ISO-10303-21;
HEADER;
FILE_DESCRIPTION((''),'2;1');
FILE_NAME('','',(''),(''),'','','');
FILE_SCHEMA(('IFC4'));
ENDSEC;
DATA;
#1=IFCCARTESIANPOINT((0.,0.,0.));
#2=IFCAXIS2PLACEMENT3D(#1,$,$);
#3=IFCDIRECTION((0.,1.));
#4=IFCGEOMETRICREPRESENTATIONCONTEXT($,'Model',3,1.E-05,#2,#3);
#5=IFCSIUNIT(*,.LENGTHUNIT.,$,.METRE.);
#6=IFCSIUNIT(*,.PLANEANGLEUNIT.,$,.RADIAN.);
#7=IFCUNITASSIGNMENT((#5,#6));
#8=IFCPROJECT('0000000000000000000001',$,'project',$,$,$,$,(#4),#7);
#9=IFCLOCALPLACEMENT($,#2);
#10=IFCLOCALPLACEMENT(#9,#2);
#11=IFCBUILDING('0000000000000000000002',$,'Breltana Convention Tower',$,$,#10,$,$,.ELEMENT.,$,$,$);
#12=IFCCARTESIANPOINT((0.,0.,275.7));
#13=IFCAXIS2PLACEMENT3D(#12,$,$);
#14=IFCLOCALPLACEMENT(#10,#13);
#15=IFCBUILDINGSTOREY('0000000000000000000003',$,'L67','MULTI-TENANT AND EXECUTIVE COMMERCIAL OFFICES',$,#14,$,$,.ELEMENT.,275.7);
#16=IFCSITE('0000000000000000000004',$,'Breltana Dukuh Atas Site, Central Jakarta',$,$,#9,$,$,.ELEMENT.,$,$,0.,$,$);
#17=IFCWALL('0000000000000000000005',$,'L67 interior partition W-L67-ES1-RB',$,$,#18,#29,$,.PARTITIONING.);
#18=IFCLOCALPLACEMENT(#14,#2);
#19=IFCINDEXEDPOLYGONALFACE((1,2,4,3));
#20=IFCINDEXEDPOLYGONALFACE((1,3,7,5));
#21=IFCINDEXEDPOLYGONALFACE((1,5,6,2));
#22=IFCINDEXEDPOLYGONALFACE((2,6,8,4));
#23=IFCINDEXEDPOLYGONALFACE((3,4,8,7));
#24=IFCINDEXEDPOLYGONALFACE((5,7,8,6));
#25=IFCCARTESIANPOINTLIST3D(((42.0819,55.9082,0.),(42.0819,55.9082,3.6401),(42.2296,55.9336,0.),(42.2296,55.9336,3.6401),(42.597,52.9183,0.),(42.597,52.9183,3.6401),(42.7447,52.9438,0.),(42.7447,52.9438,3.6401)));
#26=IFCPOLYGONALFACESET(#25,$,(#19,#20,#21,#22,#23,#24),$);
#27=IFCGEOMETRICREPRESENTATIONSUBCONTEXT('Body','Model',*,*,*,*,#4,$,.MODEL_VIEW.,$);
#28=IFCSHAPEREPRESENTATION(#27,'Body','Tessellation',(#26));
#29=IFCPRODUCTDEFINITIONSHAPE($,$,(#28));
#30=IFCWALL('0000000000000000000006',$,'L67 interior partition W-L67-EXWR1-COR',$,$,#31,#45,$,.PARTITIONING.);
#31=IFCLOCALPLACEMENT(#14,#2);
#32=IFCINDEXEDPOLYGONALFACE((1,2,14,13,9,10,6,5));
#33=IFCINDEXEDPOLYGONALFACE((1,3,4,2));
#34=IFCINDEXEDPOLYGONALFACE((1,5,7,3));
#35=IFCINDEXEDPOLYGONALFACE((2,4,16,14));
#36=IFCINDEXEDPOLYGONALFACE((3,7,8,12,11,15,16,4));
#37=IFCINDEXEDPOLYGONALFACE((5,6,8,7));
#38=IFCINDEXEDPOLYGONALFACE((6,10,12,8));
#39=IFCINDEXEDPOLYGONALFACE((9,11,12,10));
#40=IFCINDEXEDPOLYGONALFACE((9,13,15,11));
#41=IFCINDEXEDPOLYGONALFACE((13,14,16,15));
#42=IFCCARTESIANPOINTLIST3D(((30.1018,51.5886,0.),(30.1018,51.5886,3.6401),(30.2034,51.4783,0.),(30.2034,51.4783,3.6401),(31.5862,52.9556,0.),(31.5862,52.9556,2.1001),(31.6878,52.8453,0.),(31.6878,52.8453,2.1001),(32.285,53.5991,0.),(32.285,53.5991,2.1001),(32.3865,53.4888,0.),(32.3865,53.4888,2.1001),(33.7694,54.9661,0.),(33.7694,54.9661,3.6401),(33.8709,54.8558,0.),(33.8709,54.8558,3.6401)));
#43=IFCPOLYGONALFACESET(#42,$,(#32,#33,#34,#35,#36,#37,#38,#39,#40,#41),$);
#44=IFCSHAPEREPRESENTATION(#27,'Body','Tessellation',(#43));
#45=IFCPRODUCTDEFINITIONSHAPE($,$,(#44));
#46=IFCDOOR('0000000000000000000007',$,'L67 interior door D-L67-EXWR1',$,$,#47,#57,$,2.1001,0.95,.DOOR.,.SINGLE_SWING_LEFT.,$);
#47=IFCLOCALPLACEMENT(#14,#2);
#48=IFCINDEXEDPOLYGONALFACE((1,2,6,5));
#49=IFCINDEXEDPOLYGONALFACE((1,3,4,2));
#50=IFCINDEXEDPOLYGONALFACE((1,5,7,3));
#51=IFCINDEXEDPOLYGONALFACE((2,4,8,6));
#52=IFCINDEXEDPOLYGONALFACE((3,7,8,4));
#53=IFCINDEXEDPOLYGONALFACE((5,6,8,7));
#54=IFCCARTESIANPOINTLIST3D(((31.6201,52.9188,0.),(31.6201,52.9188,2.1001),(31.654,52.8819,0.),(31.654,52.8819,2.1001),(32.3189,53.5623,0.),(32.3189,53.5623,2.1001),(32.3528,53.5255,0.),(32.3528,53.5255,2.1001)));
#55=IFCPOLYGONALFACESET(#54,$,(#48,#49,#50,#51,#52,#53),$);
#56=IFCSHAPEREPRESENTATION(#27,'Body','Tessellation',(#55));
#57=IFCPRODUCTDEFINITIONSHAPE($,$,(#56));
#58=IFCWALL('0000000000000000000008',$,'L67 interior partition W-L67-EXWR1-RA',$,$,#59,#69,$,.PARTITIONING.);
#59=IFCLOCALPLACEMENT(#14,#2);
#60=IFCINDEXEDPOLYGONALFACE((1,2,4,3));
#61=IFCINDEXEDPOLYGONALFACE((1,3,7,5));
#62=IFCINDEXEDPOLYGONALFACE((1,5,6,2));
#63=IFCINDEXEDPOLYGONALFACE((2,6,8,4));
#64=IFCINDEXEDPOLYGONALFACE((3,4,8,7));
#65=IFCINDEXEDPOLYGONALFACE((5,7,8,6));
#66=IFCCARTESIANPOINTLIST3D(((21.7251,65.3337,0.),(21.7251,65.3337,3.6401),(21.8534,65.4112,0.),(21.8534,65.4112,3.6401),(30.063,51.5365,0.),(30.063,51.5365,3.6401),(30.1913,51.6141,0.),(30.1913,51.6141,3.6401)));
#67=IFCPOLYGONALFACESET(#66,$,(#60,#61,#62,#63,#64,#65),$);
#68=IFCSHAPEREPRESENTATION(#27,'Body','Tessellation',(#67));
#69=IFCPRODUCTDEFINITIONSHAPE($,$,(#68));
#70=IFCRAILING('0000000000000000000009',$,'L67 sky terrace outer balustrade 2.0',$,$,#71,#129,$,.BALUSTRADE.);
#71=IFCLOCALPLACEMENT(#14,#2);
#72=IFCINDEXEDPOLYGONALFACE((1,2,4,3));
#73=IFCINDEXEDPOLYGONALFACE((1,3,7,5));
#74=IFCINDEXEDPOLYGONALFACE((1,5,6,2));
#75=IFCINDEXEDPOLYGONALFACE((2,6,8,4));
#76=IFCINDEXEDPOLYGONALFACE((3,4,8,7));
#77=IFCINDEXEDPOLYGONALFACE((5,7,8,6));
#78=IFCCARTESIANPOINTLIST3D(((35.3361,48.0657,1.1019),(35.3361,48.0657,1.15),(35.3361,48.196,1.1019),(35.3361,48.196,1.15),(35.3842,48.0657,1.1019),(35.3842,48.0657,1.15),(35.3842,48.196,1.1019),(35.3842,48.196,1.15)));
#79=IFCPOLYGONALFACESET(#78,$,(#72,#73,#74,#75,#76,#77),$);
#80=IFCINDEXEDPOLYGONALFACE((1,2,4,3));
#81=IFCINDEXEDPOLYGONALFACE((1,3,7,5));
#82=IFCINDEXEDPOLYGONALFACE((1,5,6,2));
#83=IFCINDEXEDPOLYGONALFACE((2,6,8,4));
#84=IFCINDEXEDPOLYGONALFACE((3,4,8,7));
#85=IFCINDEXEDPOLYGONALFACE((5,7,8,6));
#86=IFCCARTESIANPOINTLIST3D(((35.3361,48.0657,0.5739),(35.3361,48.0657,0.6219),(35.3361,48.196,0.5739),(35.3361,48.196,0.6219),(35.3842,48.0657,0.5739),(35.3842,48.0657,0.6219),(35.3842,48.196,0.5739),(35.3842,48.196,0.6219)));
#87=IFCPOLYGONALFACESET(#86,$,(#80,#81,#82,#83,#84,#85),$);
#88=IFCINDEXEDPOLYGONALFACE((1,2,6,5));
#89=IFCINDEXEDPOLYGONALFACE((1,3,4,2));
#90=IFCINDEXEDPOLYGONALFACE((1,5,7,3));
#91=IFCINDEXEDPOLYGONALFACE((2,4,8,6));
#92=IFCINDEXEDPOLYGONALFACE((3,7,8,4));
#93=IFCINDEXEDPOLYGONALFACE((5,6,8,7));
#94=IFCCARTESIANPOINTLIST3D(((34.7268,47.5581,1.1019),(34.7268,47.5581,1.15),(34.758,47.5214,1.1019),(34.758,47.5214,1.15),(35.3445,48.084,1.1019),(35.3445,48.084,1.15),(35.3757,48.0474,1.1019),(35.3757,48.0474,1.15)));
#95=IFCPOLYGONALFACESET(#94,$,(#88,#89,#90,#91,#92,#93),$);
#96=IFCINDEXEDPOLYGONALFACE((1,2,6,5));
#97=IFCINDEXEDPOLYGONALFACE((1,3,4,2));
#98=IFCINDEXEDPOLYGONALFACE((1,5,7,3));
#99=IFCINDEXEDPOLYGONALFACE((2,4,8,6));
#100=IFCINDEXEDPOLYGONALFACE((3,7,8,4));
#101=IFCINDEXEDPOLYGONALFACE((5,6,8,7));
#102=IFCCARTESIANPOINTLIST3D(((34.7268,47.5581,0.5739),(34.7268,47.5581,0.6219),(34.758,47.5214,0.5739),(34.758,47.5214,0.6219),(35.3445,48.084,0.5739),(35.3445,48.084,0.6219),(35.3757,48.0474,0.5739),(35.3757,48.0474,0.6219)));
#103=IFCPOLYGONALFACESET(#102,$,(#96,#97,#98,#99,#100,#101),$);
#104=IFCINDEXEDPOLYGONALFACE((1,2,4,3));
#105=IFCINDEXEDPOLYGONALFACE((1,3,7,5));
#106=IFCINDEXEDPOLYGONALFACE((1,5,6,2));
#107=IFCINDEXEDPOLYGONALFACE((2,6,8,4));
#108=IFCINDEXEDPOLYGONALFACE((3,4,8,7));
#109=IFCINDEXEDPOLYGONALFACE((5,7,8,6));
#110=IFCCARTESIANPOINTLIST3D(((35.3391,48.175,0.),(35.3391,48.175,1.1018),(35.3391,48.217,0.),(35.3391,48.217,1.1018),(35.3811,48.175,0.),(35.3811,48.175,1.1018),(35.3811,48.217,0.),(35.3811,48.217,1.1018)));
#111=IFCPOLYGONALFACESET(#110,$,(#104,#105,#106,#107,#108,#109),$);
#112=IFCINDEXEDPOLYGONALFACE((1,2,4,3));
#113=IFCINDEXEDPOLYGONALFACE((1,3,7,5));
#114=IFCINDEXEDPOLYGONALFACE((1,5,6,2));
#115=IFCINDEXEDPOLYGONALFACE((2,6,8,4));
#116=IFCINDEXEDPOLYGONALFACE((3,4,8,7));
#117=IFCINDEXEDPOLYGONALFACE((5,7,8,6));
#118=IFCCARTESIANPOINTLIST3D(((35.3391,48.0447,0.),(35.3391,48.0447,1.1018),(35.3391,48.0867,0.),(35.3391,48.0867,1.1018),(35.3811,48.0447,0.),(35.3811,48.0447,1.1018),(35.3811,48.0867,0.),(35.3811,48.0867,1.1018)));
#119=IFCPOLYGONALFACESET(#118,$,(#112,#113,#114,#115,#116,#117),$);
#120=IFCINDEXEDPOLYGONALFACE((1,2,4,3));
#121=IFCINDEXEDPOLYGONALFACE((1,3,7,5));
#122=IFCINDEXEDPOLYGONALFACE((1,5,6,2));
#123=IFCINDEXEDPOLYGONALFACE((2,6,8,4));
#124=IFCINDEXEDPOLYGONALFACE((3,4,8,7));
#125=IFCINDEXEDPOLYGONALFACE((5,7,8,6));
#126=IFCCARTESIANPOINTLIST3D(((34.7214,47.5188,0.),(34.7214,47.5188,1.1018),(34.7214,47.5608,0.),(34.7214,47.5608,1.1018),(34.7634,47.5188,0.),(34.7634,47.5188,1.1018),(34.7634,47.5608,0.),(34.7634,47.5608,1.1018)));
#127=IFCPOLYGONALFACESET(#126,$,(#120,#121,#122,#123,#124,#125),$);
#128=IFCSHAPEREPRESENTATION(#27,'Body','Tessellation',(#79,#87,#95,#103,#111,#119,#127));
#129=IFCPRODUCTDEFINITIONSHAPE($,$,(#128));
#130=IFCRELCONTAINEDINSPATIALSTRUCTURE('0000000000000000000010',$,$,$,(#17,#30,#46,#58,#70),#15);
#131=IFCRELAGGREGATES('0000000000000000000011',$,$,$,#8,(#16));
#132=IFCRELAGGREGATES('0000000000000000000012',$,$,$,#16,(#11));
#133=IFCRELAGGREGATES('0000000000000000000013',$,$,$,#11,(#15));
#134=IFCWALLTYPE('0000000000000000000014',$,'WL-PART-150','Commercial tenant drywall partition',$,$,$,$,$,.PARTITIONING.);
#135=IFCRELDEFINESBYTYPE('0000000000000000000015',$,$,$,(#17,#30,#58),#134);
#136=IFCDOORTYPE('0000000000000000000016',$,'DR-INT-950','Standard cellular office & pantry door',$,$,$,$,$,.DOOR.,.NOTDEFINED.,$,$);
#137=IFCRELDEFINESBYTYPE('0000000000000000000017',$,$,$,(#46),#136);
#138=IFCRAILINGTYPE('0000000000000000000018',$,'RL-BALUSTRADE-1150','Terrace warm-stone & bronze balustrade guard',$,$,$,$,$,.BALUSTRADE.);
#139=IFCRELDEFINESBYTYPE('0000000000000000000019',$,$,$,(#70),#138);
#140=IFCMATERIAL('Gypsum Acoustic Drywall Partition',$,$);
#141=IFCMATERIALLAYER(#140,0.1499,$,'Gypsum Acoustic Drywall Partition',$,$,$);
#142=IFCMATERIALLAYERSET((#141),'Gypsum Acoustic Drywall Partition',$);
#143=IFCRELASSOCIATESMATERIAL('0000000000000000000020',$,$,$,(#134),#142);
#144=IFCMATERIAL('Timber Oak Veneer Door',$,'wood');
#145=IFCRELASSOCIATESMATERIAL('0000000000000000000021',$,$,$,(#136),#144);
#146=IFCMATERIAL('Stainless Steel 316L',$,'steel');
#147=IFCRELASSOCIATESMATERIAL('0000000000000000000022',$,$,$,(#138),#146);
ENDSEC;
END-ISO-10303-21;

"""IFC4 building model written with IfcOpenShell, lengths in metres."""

from ifc_helpers import new_model, si_unit, direction, frame, frame_2d, origin, origin_2d, place, context, subcontext, project, spatial, rectangle, extrude, source, transform, mapped, material, layer, layer_set, type_object, type_shapes, element, fill, save


model = new_model("IFC4")

# Units and contexts
model_context = context("Model", 3, precision=1e-05, world=origin(), true_north=direction((0.0, 1.0)))
body_context = subcontext(model_context, "Body", "Model", "MODEL_VIEW")
ifc_project = project(units=[si_unit("LENGTHUNIT", "METRE"), si_unit("PLANEANGLEUNIT", "RADIAN")], contexts=[model_context])

# Site, building, storey
site_placement = place(None, origin())
site = spatial("IfcSite", under=ifc_project, at=site_placement, Name="Breltana Dukuh Atas Site, Central Jakarta", CompositionType="ELEMENT", RefElevation=0.0)
building_placement = place(site_placement, origin())
building = spatial("IfcBuilding", under=site, at=building_placement, Name="Breltana Convention Tower", CompositionType="ELEMENT")
storey_placement = place(building_placement, frame((0.0, 0.0, 275.7)))
storey = spatial("IfcBuildingStorey", under=building, at=storey_placement, Name="L67", Description="MULTI-TENANT AND EXECUTIVE COMMERCIAL OFFICES", CompositionType="ELEMENT", Elevation=275.7)

# Wall
ifc_material_1 = material(Name="Gypsum Acoustic Drywall Partition")
ifc_layer_1 = layer(ifc_material_1, 0.1499, Name="Gypsum Acoustic Drywall Partition")
ifc_layer_set_1 = layer_set([ifc_layer_1], Name="Gypsum Acoustic Drywall Partition")
wall_type_1 = type_object("IfcWallType", Name="WL-PART-150", Description="Commercial tenant drywall partition", PredefinedType="PARTITIONING", material=ifc_layer_set_1)
shared_shape_1 = source(origin(), body_context, "Body", "SweptSolid", [
    extrude(rectangle(XDim=3.0339, YDim=0.1499, at=frame_2d((1.5171, 0.0))), origin(), (0.0, 0.0, 1.0), 3.6401),
])
wall_1_placement = place(storey_placement, frame((42.6709, 52.9309, 0.0), z_axis=(0.0, 0.0, 1.0), x_axis=(-0.169786, 0.985481, 0.0)))
element("IfcWall", 1, at=wall_1_placement, inside=storey, type_object=wall_type_1, Name="L67 interior partition W-L67-ES1-RB", PredefinedType="PARTITIONING", context=body_context, shape_type="MappedRepresentation", body=[
    mapped(shared_shape_1, transform((0.0, 0.0, 0.0), scale=1.0)),
])

# Wall, opening, door
shared_shape_2 = source(origin(), body_context, "Body", "SweptSolid", [
    extrude(rectangle(XDim=4.9858, YDim=0.1499, at=frame_2d((2.4929, 0.0))), origin(), (0.0, 0.0, 1.0), 3.6401),
])
wall_2_placement = place(storey_placement, frame((30.1526, 51.5334, 0.0), z_axis=(0.0, 0.0, 1.0), x_axis=(0.735595, 0.677421, 0.0)))
wall_2 = element("IfcWall", 2, at=wall_2_placement, inside=storey, type_object=wall_type_1, Name="L67 interior partition W-L67-EXWR1-COR", PredefinedType="PARTITIONING", context=body_context, shape_type="MappedRepresentation", body=[
    mapped(shared_shape_2, transform((0.0, 0.0, 0.0), scale=1.0)),
])
opening_1_placement = place(wall_2_placement, frame((2.0178, 0.0, 0.0)))
opening_1 = element("IfcOpeningElement", 3, at=opening_1_placement, cuts=wall_2, PredefinedType="OPENING", context=body_context, shape_type="SweptSolid", body=[
    extrude(rectangle(XDim=0.95, YDim=2.1001, at=frame_2d((0.4751, 1.05))), frame((0.0, 0.085, 0.0), z_axis=(0.0, -1.0, 0.0), x_axis=(1.0, 0.0, 0.0)), (0.0, 0.0, 1.0), 0.1699),
])
ifc_material_2 = material(Name="Timber Oak Veneer Door", Category="wood")
door_type_1 = type_object("IfcDoorType", Name="DR-INT-950", Description="Standard cellular office & pantry door", OperationType="NOTDEFINED", PredefinedType="DOOR", material=ifc_material_2)
shared_shape_3 = source(origin(), body_context, "Body", "SweptSolid", [
    extrude(rectangle(XDim=0.95, YDim=2.1001, at=frame_2d((0.4751, 1.05))), frame((0.0, 0.0249, 0.0), z_axis=(0.0, -1.0, 0.0), x_axis=(1.0, 0.0, 0.0)), (0.0, 0.0, 1.0), 0.05),
])
type_shapes(door_type_1, [shared_shape_3])
door_1_placement = place(opening_1_placement, origin())
door_1 = element("IfcDoor", 4, at=door_1_placement, inside=storey, type_object=door_type_1, Name="L67 interior door D-L67-EXWR1", OperationType="SINGLE_SWING_LEFT", OverallHeight=2.1001, OverallWidth=0.95, PredefinedType="DOOR", context=body_context, shape_type="MappedRepresentation", body=[
    mapped(shared_shape_3, transform((0.0, 0.0, 0.0), scale=1.0)),
])
fill(opening_1, door_1)

# Wall
shared_shape_4 = source(origin(), body_context, "Body", "SweptSolid", [
    extrude(rectangle(XDim=16.1208, YDim=0.1499, at=frame_2d((8.0605, 0.0))), origin(), (0.0, 0.0, 1.0), 3.6401),
])
wall_3_placement = place(storey_placement, frame((30.1272, 51.5752, 0.0), z_axis=(0.0, 0.0, 1.0), x_axis=(-0.517212, 0.855857, 0.0)))
element("IfcWall", 5, at=wall_3_placement, inside=storey, type_object=wall_type_1, Name="L67 interior partition W-L67-EXWR1-RA", PredefinedType="PARTITIONING", context=body_context, shape_type="MappedRepresentation", body=[
    mapped(shared_shape_4, transform((0.0, 0.0, 0.0), scale=1.0)),
])

# Railing
ifc_material_3 = material(Name="Stainless Steel 316L", Category="steel")
railing_type = type_object("IfcRailingType", Name="RL-BALUSTRADE-1150", Description="Terrace warm-stone & bronze balustrade guard", PredefinedType="BALUSTRADE", material=ifc_material_3)
railing_1_placement = place(storey_placement, frame((35.3601, 48.196, 0.0)))
element("IfcRailing", 6, at=railing_1_placement, inside=storey, type_object=railing_type, Name="L67 sky terrace outer balustrade 2.0", PredefinedType="BALUSTRADE", context=body_context, shape_type="SweptSolid", body=[
    extrude(rectangle(XDim=0.0481, YDim=0.0481, at=origin_2d()), frame((0.0, 0.0, 1.126), z_axis=(0.0, -1.0, 0.0), x_axis=(1.0, 0.0, 0.0)), (0.0, 0.0, 1.0), 0.1304),
    extrude(rectangle(XDim=0.0481, YDim=0.0481, at=origin_2d()), frame((0.0, 0.0, 0.5979), z_axis=(0.0, -1.0, 0.0), x_axis=(1.0, 0.0, 0.0)), (0.0, 0.0, 1.0), 0.1304),
    extrude(rectangle(XDim=0.0481, YDim=0.0481, at=origin_2d()), frame((0.0, -0.1304, 1.126), z_axis=(-0.761419, -0.64826, 0.0), x_axis=(0.64826, -0.761419, 0.0)), (0.0, 0.0, 1.0), 0.8113),
    extrude(rectangle(XDim=0.0481, YDim=0.0481, at=origin_2d()), frame((0.0, -0.1304, 0.5979), z_axis=(-0.761419, -0.64826, 0.0), x_axis=(0.64826, -0.761419, 0.0)), (0.0, 0.0, 1.0), 0.8113),
    extrude(rectangle(XDim=0.042, YDim=0.042, at=origin_2d()), origin(), (0.0, 0.0, 1.0), 1.1018),
    extrude(rectangle(XDim=0.042, YDim=0.042, at=origin_2d()), frame((0.0, -0.1304, 0.0)), (0.0, 0.0, 1.0), 1.1018),
    extrude(rectangle(XDim=0.042, YDim=0.042, at=origin_2d()), frame((-0.6177, -0.6562, 0.0)), (0.0, 0.0, 1.0), 1.1018),
])

save(model, "model.ifc")
